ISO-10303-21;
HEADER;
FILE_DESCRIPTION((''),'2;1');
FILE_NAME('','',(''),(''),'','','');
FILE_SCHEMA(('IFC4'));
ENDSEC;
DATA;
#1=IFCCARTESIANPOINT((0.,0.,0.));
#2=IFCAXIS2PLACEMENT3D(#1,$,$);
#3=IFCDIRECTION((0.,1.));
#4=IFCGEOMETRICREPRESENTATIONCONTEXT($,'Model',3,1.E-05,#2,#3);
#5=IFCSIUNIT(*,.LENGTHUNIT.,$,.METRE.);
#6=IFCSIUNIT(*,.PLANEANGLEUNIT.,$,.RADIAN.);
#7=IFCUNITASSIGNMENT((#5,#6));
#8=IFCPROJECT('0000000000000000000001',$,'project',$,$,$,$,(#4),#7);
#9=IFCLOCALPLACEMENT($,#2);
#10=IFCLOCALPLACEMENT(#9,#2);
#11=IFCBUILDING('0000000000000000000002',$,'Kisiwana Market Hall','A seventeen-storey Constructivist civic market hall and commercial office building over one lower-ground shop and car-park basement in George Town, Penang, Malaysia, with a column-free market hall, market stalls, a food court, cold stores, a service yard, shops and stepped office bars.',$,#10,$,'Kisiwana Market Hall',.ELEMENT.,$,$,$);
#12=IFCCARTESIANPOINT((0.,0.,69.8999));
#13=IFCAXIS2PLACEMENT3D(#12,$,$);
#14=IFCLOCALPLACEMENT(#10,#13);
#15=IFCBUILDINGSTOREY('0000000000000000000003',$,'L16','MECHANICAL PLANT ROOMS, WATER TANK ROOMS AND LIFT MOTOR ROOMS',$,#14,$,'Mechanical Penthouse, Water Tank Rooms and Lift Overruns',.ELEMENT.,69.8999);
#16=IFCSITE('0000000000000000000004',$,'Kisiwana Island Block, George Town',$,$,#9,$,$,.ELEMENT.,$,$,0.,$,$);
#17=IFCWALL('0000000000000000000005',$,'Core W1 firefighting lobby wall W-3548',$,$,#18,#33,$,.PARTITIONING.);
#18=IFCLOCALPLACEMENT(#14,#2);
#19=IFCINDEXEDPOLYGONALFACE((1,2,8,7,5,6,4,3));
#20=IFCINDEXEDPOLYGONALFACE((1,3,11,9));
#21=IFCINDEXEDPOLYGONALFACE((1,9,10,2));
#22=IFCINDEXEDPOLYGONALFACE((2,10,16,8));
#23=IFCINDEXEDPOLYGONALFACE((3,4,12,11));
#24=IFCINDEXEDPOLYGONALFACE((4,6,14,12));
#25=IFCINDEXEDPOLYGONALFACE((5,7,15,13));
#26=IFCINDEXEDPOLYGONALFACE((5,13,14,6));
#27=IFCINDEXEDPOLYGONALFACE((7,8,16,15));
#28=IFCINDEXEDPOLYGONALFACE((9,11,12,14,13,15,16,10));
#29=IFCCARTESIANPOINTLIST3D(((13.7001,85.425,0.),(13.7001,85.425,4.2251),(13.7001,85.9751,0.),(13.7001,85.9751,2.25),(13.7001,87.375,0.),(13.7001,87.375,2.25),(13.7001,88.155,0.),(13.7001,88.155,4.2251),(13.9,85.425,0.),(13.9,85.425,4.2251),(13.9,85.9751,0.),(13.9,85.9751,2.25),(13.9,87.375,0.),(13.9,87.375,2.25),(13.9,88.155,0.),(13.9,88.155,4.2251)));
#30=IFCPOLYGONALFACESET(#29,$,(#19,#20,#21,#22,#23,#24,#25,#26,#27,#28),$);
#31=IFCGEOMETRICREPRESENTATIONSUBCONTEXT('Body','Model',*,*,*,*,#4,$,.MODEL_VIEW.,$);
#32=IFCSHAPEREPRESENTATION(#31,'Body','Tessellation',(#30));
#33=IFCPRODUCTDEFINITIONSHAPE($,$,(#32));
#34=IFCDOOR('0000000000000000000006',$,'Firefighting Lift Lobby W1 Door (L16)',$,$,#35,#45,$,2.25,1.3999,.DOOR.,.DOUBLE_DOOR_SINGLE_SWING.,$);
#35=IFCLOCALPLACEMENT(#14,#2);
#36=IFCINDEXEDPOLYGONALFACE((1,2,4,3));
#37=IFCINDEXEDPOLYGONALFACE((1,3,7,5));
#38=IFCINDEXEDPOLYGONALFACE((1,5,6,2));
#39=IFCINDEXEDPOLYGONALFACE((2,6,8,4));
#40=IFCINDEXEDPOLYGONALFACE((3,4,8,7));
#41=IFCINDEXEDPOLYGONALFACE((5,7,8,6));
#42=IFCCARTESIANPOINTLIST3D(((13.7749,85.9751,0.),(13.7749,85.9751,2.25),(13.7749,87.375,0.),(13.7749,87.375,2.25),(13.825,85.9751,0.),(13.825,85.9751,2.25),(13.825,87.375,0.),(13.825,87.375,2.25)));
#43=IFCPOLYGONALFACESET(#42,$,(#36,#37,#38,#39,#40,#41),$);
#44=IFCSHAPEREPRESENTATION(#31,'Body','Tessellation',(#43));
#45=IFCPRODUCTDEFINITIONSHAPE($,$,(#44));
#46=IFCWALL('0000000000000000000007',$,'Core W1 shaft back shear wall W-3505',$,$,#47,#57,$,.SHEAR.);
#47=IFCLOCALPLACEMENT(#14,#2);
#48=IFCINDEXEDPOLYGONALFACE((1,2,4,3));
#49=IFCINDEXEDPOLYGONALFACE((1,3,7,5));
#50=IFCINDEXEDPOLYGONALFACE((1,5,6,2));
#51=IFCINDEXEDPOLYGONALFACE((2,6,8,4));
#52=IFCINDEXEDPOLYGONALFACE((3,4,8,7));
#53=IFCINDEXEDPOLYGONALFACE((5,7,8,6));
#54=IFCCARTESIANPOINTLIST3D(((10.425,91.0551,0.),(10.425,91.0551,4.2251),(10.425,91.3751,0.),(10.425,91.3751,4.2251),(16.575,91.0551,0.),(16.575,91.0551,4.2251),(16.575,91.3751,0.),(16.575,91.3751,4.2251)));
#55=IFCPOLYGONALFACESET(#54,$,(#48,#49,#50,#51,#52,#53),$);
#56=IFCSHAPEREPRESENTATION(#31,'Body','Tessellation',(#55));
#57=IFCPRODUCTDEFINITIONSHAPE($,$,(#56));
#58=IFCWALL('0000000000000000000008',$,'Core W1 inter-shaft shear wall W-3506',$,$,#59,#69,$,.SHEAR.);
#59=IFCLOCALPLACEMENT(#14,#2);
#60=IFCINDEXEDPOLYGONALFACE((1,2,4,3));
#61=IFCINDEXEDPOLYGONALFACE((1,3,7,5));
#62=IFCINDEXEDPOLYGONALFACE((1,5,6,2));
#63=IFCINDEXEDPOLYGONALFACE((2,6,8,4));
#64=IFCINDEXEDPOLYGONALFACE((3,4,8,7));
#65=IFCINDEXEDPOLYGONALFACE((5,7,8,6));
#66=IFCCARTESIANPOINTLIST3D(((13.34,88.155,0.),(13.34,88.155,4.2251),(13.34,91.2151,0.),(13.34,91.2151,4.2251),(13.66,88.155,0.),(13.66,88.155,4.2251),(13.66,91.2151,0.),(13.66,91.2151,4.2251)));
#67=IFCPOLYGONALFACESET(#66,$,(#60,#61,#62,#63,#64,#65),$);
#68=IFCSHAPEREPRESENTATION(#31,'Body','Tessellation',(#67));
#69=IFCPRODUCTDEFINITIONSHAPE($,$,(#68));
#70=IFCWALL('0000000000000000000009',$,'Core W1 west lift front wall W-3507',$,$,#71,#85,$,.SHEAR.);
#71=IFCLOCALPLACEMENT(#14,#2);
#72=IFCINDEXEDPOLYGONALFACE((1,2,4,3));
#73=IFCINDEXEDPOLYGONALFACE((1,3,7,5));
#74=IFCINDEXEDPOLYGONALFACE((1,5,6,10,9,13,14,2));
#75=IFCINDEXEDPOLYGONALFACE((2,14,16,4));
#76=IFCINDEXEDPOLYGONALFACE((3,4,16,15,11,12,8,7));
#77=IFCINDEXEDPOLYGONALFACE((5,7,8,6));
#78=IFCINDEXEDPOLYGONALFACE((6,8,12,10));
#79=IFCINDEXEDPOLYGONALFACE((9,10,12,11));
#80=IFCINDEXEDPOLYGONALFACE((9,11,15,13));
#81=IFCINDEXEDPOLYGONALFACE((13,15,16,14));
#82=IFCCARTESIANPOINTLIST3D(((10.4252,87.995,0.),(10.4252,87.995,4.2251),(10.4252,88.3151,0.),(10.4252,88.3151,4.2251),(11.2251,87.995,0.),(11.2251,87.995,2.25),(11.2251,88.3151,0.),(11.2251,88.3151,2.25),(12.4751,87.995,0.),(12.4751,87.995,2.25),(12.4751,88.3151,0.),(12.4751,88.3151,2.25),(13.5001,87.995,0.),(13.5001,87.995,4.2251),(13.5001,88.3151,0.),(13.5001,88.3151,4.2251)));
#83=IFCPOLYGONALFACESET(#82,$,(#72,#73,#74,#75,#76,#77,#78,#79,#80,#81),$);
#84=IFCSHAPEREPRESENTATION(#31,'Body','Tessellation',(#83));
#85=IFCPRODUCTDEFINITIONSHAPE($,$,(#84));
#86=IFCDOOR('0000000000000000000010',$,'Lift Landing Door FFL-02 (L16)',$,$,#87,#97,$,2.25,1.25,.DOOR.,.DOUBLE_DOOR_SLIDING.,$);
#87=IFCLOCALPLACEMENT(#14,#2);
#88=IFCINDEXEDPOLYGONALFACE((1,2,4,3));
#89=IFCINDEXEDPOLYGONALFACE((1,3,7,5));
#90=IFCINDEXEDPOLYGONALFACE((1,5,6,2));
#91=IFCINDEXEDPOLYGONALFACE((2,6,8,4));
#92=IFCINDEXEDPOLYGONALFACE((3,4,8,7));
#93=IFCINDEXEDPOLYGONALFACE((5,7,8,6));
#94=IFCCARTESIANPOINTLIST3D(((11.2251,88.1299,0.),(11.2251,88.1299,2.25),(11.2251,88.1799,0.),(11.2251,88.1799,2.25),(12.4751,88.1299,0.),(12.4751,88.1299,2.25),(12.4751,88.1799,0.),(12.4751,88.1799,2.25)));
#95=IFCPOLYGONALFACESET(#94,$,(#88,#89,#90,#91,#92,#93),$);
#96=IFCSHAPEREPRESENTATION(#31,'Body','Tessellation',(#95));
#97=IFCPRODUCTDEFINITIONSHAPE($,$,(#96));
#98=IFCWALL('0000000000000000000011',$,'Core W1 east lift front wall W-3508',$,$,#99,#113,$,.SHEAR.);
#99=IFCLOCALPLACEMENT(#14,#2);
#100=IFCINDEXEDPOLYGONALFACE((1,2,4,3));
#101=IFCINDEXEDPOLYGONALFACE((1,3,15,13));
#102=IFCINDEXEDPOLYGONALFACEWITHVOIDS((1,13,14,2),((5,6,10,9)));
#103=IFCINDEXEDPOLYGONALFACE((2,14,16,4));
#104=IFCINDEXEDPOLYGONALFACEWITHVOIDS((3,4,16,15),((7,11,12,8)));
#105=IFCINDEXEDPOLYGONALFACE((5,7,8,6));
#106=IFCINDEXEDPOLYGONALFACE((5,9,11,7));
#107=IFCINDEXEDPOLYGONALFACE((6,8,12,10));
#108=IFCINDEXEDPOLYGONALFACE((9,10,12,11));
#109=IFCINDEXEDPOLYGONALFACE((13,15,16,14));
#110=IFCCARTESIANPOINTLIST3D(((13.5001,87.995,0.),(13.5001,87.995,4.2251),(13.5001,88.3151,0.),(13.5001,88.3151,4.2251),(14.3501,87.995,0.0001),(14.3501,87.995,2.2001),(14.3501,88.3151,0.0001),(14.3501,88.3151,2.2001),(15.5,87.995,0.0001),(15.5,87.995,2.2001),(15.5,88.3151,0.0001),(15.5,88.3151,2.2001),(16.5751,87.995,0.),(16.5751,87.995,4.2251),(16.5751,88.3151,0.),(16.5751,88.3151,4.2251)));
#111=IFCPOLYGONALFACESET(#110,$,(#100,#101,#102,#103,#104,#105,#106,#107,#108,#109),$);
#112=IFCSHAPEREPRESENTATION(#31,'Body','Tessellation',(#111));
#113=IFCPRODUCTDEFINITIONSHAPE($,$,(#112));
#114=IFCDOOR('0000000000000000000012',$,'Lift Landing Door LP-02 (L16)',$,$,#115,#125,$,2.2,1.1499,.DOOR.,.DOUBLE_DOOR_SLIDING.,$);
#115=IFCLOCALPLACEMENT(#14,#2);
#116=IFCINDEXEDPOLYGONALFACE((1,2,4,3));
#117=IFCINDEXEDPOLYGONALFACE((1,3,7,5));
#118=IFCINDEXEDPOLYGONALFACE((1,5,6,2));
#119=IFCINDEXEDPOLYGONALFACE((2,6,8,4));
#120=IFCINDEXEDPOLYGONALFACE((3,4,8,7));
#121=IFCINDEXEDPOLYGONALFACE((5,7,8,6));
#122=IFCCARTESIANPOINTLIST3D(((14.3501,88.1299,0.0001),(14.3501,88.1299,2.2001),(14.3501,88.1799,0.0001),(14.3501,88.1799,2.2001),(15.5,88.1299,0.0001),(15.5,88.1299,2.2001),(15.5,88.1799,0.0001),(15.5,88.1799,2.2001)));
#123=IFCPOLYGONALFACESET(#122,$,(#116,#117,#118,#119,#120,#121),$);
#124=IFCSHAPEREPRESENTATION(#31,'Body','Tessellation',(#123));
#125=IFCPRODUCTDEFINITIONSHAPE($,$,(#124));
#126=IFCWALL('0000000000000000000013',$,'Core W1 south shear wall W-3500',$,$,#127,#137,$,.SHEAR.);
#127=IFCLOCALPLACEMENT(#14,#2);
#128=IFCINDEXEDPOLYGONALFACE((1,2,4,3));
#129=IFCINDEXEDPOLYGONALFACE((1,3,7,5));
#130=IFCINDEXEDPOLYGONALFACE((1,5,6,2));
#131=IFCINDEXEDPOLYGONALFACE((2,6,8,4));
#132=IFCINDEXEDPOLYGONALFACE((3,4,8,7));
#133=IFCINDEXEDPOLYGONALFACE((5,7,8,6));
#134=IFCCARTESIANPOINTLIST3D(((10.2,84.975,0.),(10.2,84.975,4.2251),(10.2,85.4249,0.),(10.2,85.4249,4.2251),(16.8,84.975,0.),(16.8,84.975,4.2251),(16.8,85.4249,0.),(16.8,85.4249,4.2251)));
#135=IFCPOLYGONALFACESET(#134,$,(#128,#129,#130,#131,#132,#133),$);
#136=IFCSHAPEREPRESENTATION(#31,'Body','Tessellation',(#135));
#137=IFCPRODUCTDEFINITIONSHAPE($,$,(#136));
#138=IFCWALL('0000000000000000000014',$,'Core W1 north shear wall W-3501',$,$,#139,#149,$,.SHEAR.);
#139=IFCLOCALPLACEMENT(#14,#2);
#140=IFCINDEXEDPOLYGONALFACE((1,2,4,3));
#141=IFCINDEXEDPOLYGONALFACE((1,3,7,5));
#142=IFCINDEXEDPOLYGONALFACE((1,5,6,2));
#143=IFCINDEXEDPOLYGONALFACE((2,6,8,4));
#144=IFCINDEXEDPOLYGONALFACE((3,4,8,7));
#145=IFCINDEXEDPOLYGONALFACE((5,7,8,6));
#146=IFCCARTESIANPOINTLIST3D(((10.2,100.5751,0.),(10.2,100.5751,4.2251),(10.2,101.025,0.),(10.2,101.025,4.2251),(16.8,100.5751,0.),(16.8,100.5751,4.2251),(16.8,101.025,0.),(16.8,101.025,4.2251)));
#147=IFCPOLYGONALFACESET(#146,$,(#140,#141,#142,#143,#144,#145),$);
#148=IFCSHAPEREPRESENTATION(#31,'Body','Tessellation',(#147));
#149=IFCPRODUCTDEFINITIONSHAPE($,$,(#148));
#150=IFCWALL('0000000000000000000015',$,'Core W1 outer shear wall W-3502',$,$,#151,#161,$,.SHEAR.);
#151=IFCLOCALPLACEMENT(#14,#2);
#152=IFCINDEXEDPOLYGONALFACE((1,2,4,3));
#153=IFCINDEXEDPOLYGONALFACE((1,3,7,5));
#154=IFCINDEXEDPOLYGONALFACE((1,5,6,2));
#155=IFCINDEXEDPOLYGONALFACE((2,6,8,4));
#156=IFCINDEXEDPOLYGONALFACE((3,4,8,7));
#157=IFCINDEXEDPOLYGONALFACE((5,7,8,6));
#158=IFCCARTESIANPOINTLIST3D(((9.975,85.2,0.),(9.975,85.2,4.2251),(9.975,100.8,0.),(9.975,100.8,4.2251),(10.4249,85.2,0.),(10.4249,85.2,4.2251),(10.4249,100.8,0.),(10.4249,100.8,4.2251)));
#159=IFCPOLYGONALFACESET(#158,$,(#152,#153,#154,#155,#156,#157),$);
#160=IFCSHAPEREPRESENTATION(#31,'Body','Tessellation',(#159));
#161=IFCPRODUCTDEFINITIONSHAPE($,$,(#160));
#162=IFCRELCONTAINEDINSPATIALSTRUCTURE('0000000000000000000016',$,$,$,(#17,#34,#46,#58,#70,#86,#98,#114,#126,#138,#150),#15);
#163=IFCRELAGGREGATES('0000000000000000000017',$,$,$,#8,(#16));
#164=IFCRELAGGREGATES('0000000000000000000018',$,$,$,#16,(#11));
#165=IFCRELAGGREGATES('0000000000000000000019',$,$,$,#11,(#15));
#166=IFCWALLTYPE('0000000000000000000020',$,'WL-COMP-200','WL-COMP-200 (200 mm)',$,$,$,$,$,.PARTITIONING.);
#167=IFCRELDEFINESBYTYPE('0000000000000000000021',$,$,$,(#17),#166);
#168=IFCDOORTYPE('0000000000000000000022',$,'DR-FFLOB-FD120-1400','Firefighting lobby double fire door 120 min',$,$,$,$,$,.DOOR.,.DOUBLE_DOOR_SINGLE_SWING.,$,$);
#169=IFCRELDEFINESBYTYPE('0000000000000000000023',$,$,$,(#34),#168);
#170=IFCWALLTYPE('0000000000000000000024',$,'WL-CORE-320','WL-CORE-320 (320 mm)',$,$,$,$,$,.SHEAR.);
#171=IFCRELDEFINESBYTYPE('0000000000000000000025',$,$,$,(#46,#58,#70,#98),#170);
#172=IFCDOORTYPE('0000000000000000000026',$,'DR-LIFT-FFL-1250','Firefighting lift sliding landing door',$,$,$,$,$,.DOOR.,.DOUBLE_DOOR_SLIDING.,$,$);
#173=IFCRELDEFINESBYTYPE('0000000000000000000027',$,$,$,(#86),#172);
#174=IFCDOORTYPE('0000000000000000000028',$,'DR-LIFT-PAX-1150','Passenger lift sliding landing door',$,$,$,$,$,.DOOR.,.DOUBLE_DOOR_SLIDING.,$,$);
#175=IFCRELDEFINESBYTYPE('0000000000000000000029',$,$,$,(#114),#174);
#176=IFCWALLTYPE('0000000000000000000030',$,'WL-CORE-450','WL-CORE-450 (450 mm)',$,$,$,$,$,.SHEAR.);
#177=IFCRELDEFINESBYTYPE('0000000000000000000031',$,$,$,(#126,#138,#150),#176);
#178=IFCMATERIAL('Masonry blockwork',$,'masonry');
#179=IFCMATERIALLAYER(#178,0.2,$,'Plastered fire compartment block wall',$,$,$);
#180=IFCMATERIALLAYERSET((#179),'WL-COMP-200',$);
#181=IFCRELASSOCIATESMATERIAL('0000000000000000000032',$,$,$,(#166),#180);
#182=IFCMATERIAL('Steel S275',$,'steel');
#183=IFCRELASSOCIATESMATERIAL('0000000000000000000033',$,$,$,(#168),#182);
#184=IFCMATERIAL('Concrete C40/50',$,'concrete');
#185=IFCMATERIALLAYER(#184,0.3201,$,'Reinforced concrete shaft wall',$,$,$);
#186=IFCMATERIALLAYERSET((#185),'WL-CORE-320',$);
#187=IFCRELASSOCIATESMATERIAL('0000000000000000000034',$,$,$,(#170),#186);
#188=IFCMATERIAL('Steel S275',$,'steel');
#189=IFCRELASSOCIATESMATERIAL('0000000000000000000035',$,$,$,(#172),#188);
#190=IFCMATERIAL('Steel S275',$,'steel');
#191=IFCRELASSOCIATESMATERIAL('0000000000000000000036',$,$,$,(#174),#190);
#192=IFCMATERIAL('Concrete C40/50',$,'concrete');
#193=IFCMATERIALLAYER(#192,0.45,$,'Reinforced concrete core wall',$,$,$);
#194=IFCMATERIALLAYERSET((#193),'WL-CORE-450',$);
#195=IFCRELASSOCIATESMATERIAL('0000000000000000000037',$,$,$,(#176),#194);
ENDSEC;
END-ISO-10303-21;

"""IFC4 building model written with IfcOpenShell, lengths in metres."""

from ifc_helpers import new_model, si_unit, direction, frame, frame_2d, origin, place, context, subcontext, project, spatial, rectangle, extrude, material, layer, layer_set, type_object, element, fill, save


model = new_model("IFC4")

# Units and contexts
model_context = context("Model", 3, precision=1e-05, world=origin(), true_north=direction((0.0, 1.0)))
body_context = subcontext(model_context, "Body", "Model", "MODEL_VIEW")
ifc_project = project(units=[si_unit("LENGTHUNIT", "METRE"), si_unit("PLANEANGLEUNIT", "RADIAN")], contexts=[model_context])

# Site, building, storey
site_placement = place(None, origin())
site = spatial("IfcSite", under=ifc_project, at=site_placement, Name="Kisiwana Island Block, George Town", CompositionType="ELEMENT", RefElevation=0.0)
building_placement = place(site_placement, origin())
building = spatial("IfcBuilding", under=site, at=building_placement, Name="Kisiwana Market Hall", Description="A seventeen-storey Constructivist civic market hall and commercial office building over one lower-ground shop and car-park basement in George Town, Penang, Malaysia, with a column-free market hall, market stalls, a food court, cold stores, a service yard, shops and stepped office bars.", LongName="Kisiwana Market Hall", CompositionType="ELEMENT")
storey_placement = place(building_placement, frame((0.0, 0.0, 69.8999)))
storey = spatial("IfcBuildingStorey", under=building, at=storey_placement, Name="L16", Description="MECHANICAL PLANT ROOMS, WATER TANK ROOMS AND LIFT MOTOR ROOMS", LongName="Mechanical Penthouse, Water Tank Rooms and Lift Overruns", CompositionType="ELEMENT", Elevation=69.8999)

# Wall, opening, door
ifc_material_1 = material(Name="Masonry blockwork", Category="masonry")
ifc_layer_1 = layer(ifc_material_1, 0.2, Name="Plastered fire compartment block wall")
ifc_layer_set_1 = layer_set([ifc_layer_1], Name="WL-COMP-200")
wall_type_1 = type_object("IfcWallType", Name="WL-COMP-200", Description="WL-COMP-200 (200 mm)", PredefinedType="PARTITIONING", material=ifc_layer_set_1)
wall_1_placement = place(storey_placement, frame((13.8, 85.425, 0.0), z_axis=(0.0, 0.0, 1.0), x_axis=(0.0, 1.0, 0.0)))
wall_1 = element("IfcWall", 1, at=wall_1_placement, inside=storey, type_object=wall_type_1, Name="Core W1 firefighting lobby wall W-3548", PredefinedType="PARTITIONING", context=body_context, shape_type="SweptSolid", body=[
    extrude(rectangle(XDim=2.73, YDim=0.2, at=frame_2d((1.365, 0.0))), origin(), (0.0, 0.0, 1.0), 4.2251),
])
opening_1_placement = place(wall_1_placement, frame((0.55, 0.0, 0.0)))
opening_1 = element("IfcOpeningElement", 2, at=opening_1_placement, cuts=wall_1, PredefinedType="OPENING", context=body_context, shape_type="SweptSolid", body=[
    extrude(rectangle(XDim=1.3999, YDim=2.25, at=frame_2d((0.7, 1.125))), frame((0.0, 0.1118, 0.0), z_axis=(0.0, -1.0, 0.0), x_axis=(1.0, 0.0, 0.0)), (0.0, 0.0, 1.0), 0.2239),
])
ifc_material_2 = material(Name="Steel S275", Category="steel")
door_type_1 = type_object("IfcDoorType", Name="DR-FFLOB-FD120-1400", Description="Firefighting lobby double fire door 120 min", OperationType="DOUBLE_DOOR_SINGLE_SWING", PredefinedType="DOOR", material=ifc_material_2)
door_1_placement = place(opening_1_placement, frame((1.3999, 0.0, 0.0), z_axis=(0.0, 0.0, 1.0), x_axis=(-1.0, 0.0, 0.0)))
door_1 = element("IfcDoor", 3, at=door_1_placement, inside=storey, type_object=door_type_1, Name="Firefighting Lift Lobby W1 Door (L16)", OperationType="DOUBLE_DOOR_SINGLE_SWING", OverallHeight=2.25, OverallWidth=1.3999, PredefinedType="DOOR", context=body_context, shape_type="SweptSolid", body=[
    extrude(rectangle(XDim=1.3999, YDim=2.25, at=frame_2d((0.7, 1.125))), frame((0.0, 0.0249, 0.0), z_axis=(0.0, -1.0, 0.0), x_axis=(1.0, 0.0, 0.0)), (0.0, 0.0, 1.0), 0.05),
])
fill(opening_1, door_1)

# Walls
ifc_material_3 = material(Name="Concrete C40/50", Category="concrete")
ifc_layer_2 = layer(ifc_material_3, 0.3201, Name="Reinforced concrete shaft wall")
ifc_layer_set_2 = layer_set([ifc_layer_2], Name="WL-CORE-320")
wall_type_2 = type_object("IfcWallType", Name="WL-CORE-320", Description="WL-CORE-320 (320 mm)", PredefinedType="SHEAR", material=ifc_layer_set_2)
wall_2_placement = place(storey_placement, frame((10.425, 91.2151, 0.0), z_axis=(0.0, 0.0, 1.0), x_axis=(1.0, 0.0, 0.0)))
element("IfcWall", 4, at=wall_2_placement, inside=storey, type_object=wall_type_2, Name="Core W1 shaft back shear wall W-3505", PredefinedType="SHEAR", context=body_context, shape_type="SweptSolid", body=[
    extrude(rectangle(XDim=6.1499, YDim=0.3201, at=frame_2d((3.075, 0.0))), origin(), (0.0, 0.0, 1.0), 4.2251),
])
wall_3_placement = place(storey_placement, frame((13.5, 88.155, 0.0), z_axis=(0.0, 0.0, 1.0), x_axis=(0.0, 1.0, 0.0)))
element("IfcWall", 5, at=wall_3_placement, inside=storey, type_object=wall_type_2, Name="Core W1 inter-shaft shear wall W-3506", PredefinedType="SHEAR", context=body_context, shape_type="SweptSolid", body=[
    extrude(rectangle(XDim=3.0601, YDim=0.3201, at=frame_2d((1.53, 0.0))), origin(), (0.0, 0.0, 1.0), 4.2251),
])

# Walls, openings, doors
wall_4_placement = place(storey_placement, frame((10.425, 88.155, 0.0), z_axis=(0.0, 0.0, 1.0), x_axis=(1.0, 0.0, 0.0)))
wall_4 = element("IfcWall", 6, at=wall_4_placement, inside=storey, type_object=wall_type_2, Name="Core W1 west lift front wall W-3507", PredefinedType="SHEAR", context=body_context, shape_type="SweptSolid", body=[
    extrude(rectangle(XDim=3.075, YDim=0.3201, at=frame_2d((1.5376, 0.0))), origin(), (0.0, 0.0, 1.0), 4.2251),
])
opening_2_placement = place(wall_4_placement, frame((0.8, 0.0, 0.0)))
opening_2 = element("IfcOpeningElement", 7, at=opening_2_placement, cuts=wall_4, PredefinedType="OPENING", context=body_context, shape_type="SweptSolid", body=[
    extrude(rectangle(XDim=1.25, YDim=2.25, at=frame_2d((0.625, 1.125))), frame((0.0, 0.1719, 0.0), z_axis=(0.0, -1.0, 0.0), x_axis=(1.0, 0.0, 0.0)), (0.0, 0.0, 1.0), 0.344),
])
ifc_material_4 = material(Name="Steel S275", Category="steel")
door_type_2 = type_object("IfcDoorType", Name="DR-LIFT-FFL-1250", Description="Firefighting lift sliding landing door", OperationType="DOUBLE_DOOR_SLIDING", PredefinedType="DOOR", material=ifc_material_4)
door_2_placement = place(opening_2_placement, origin())
door_2 = element("IfcDoor", 8, at=door_2_placement, inside=storey, type_object=door_type_2, Name="Lift Landing Door FFL-02 (L16)", OperationType="DOUBLE_DOOR_SLIDING", OverallHeight=2.25, OverallWidth=1.25, PredefinedType="DOOR", context=body_context, shape_type="SweptSolid", body=[
    extrude(rectangle(XDim=1.25, YDim=2.25, at=frame_2d((0.625, 1.125))), frame((0.0, 0.0249, 0.0), z_axis=(0.0, -1.0, 0.0), x_axis=(1.0, 0.0, 0.0)), (0.0, 0.0, 1.0), 0.05),
])
fill(opening_2, door_2)
wall_5_placement = place(storey_placement, frame((13.5, 88.155, 0.0), z_axis=(0.0, 0.0, 1.0), x_axis=(1.0, 0.0, 0.0)))
wall_5 = element("IfcWall", 9, at=wall_5_placement, inside=storey, type_object=wall_type_2, Name="Core W1 east lift front wall W-3508", PredefinedType="SHEAR", context=body_context, shape_type="SweptSolid", body=[
    extrude(rectangle(XDim=3.075, YDim=0.3201, at=frame_2d((1.5376, 0.0))), origin(), (0.0, 0.0, 1.0), 4.2251),
])
opening_3_placement = place(wall_5_placement, frame((0.8501, 0.0, 0.0)))
opening_3 = element("IfcOpeningElement", 10, at=opening_3_placement, cuts=wall_5, PredefinedType="OPENING", context=body_context, shape_type="SweptSolid", body=[
    extrude(rectangle(XDim=1.1499, YDim=2.2, at=frame_2d((0.575, 1.1001))), frame((0.0, 0.1719, 0.0), z_axis=(0.0, -1.0, 0.0), x_axis=(1.0, 0.0, 0.0)), (0.0, 0.0, 1.0), 0.344),
])
ifc_material_5 = material(Name="Steel S275", Category="steel")
door_type_3 = type_object("IfcDoorType", Name="DR-LIFT-PAX-1150", Description="Passenger lift sliding landing door", OperationType="DOUBLE_DOOR_SLIDING", PredefinedType="DOOR", material=ifc_material_5)
door_3_placement = place(opening_3_placement, origin())
door_3 = element("IfcDoor", 11, at=door_3_placement, inside=storey, type_object=door_type_3, Name="Lift Landing Door LP-02 (L16)", OperationType="DOUBLE_DOOR_SLIDING", OverallHeight=2.2, OverallWidth=1.1499, PredefinedType="DOOR", context=body_context, shape_type="SweptSolid", body=[
    extrude(rectangle(XDim=1.1499, YDim=2.2, at=frame_2d((0.575, 1.1001))), frame((0.0, 0.0249, 0.0), z_axis=(0.0, -1.0, 0.0), x_axis=(1.0, 0.0, 0.0)), (0.0, 0.0, 1.0), 0.05),
])
fill(opening_3, door_3)

# Walls
ifc_material_6 = material(Name="Concrete C40/50", Category="concrete")
ifc_layer_3 = layer(ifc_material_6, 0.45, Name="Reinforced concrete core wall")
ifc_layer_set_3 = layer_set([ifc_layer_3], Name="WL-CORE-450")
wall_type_3 = type_object("IfcWallType", Name="WL-CORE-450", Description="WL-CORE-450 (450 mm)", PredefinedType="SHEAR", material=ifc_layer_set_3)
for number, where, z_axis, x_axis, name in (
    (12, (10.2, 85.2, 0.0), (0.0, 0.0, 1.0), (1.0, 0.0, 0.0), "Core W1 south shear wall W-3500"),
    (13, (10.2, 100.8, 0.0), (0.0, 0.0, 1.0), (1.0, 0.0, 0.0), "Core W1 north shear wall W-3501"),
):
    element("IfcWall", number, at=place(storey_placement, frame(where, z_axis=z_axis, x_axis=x_axis)), inside=storey, type_object=wall_type_3, Name=name, PredefinedType="SHEAR", context=body_context, shape_type="SweptSolid", body=[
        extrude(rectangle(XDim=6.6001, YDim=0.45, at=frame_2d((3.3, 0.0))), origin(), (0.0, 0.0, 1.0), 4.2251),
    ])
wall_6_placement = place(storey_placement, frame((10.2, 85.2, 0.0), z_axis=(0.0, 0.0, 1.0), x_axis=(0.0, 1.0, 0.0)))
element("IfcWall", 14, at=wall_6_placement, inside=storey, type_object=wall_type_3, Name="Core W1 outer shear wall W-3502", PredefinedType="SHEAR", context=body_context, shape_type="SweptSolid", body=[
    extrude(rectangle(XDim=15.6001, YDim=0.45, at=frame_2d((7.8, 0.0))), origin(), (0.0, 0.0, 1.0), 4.2251),
])

save(model, "model.ifc")
